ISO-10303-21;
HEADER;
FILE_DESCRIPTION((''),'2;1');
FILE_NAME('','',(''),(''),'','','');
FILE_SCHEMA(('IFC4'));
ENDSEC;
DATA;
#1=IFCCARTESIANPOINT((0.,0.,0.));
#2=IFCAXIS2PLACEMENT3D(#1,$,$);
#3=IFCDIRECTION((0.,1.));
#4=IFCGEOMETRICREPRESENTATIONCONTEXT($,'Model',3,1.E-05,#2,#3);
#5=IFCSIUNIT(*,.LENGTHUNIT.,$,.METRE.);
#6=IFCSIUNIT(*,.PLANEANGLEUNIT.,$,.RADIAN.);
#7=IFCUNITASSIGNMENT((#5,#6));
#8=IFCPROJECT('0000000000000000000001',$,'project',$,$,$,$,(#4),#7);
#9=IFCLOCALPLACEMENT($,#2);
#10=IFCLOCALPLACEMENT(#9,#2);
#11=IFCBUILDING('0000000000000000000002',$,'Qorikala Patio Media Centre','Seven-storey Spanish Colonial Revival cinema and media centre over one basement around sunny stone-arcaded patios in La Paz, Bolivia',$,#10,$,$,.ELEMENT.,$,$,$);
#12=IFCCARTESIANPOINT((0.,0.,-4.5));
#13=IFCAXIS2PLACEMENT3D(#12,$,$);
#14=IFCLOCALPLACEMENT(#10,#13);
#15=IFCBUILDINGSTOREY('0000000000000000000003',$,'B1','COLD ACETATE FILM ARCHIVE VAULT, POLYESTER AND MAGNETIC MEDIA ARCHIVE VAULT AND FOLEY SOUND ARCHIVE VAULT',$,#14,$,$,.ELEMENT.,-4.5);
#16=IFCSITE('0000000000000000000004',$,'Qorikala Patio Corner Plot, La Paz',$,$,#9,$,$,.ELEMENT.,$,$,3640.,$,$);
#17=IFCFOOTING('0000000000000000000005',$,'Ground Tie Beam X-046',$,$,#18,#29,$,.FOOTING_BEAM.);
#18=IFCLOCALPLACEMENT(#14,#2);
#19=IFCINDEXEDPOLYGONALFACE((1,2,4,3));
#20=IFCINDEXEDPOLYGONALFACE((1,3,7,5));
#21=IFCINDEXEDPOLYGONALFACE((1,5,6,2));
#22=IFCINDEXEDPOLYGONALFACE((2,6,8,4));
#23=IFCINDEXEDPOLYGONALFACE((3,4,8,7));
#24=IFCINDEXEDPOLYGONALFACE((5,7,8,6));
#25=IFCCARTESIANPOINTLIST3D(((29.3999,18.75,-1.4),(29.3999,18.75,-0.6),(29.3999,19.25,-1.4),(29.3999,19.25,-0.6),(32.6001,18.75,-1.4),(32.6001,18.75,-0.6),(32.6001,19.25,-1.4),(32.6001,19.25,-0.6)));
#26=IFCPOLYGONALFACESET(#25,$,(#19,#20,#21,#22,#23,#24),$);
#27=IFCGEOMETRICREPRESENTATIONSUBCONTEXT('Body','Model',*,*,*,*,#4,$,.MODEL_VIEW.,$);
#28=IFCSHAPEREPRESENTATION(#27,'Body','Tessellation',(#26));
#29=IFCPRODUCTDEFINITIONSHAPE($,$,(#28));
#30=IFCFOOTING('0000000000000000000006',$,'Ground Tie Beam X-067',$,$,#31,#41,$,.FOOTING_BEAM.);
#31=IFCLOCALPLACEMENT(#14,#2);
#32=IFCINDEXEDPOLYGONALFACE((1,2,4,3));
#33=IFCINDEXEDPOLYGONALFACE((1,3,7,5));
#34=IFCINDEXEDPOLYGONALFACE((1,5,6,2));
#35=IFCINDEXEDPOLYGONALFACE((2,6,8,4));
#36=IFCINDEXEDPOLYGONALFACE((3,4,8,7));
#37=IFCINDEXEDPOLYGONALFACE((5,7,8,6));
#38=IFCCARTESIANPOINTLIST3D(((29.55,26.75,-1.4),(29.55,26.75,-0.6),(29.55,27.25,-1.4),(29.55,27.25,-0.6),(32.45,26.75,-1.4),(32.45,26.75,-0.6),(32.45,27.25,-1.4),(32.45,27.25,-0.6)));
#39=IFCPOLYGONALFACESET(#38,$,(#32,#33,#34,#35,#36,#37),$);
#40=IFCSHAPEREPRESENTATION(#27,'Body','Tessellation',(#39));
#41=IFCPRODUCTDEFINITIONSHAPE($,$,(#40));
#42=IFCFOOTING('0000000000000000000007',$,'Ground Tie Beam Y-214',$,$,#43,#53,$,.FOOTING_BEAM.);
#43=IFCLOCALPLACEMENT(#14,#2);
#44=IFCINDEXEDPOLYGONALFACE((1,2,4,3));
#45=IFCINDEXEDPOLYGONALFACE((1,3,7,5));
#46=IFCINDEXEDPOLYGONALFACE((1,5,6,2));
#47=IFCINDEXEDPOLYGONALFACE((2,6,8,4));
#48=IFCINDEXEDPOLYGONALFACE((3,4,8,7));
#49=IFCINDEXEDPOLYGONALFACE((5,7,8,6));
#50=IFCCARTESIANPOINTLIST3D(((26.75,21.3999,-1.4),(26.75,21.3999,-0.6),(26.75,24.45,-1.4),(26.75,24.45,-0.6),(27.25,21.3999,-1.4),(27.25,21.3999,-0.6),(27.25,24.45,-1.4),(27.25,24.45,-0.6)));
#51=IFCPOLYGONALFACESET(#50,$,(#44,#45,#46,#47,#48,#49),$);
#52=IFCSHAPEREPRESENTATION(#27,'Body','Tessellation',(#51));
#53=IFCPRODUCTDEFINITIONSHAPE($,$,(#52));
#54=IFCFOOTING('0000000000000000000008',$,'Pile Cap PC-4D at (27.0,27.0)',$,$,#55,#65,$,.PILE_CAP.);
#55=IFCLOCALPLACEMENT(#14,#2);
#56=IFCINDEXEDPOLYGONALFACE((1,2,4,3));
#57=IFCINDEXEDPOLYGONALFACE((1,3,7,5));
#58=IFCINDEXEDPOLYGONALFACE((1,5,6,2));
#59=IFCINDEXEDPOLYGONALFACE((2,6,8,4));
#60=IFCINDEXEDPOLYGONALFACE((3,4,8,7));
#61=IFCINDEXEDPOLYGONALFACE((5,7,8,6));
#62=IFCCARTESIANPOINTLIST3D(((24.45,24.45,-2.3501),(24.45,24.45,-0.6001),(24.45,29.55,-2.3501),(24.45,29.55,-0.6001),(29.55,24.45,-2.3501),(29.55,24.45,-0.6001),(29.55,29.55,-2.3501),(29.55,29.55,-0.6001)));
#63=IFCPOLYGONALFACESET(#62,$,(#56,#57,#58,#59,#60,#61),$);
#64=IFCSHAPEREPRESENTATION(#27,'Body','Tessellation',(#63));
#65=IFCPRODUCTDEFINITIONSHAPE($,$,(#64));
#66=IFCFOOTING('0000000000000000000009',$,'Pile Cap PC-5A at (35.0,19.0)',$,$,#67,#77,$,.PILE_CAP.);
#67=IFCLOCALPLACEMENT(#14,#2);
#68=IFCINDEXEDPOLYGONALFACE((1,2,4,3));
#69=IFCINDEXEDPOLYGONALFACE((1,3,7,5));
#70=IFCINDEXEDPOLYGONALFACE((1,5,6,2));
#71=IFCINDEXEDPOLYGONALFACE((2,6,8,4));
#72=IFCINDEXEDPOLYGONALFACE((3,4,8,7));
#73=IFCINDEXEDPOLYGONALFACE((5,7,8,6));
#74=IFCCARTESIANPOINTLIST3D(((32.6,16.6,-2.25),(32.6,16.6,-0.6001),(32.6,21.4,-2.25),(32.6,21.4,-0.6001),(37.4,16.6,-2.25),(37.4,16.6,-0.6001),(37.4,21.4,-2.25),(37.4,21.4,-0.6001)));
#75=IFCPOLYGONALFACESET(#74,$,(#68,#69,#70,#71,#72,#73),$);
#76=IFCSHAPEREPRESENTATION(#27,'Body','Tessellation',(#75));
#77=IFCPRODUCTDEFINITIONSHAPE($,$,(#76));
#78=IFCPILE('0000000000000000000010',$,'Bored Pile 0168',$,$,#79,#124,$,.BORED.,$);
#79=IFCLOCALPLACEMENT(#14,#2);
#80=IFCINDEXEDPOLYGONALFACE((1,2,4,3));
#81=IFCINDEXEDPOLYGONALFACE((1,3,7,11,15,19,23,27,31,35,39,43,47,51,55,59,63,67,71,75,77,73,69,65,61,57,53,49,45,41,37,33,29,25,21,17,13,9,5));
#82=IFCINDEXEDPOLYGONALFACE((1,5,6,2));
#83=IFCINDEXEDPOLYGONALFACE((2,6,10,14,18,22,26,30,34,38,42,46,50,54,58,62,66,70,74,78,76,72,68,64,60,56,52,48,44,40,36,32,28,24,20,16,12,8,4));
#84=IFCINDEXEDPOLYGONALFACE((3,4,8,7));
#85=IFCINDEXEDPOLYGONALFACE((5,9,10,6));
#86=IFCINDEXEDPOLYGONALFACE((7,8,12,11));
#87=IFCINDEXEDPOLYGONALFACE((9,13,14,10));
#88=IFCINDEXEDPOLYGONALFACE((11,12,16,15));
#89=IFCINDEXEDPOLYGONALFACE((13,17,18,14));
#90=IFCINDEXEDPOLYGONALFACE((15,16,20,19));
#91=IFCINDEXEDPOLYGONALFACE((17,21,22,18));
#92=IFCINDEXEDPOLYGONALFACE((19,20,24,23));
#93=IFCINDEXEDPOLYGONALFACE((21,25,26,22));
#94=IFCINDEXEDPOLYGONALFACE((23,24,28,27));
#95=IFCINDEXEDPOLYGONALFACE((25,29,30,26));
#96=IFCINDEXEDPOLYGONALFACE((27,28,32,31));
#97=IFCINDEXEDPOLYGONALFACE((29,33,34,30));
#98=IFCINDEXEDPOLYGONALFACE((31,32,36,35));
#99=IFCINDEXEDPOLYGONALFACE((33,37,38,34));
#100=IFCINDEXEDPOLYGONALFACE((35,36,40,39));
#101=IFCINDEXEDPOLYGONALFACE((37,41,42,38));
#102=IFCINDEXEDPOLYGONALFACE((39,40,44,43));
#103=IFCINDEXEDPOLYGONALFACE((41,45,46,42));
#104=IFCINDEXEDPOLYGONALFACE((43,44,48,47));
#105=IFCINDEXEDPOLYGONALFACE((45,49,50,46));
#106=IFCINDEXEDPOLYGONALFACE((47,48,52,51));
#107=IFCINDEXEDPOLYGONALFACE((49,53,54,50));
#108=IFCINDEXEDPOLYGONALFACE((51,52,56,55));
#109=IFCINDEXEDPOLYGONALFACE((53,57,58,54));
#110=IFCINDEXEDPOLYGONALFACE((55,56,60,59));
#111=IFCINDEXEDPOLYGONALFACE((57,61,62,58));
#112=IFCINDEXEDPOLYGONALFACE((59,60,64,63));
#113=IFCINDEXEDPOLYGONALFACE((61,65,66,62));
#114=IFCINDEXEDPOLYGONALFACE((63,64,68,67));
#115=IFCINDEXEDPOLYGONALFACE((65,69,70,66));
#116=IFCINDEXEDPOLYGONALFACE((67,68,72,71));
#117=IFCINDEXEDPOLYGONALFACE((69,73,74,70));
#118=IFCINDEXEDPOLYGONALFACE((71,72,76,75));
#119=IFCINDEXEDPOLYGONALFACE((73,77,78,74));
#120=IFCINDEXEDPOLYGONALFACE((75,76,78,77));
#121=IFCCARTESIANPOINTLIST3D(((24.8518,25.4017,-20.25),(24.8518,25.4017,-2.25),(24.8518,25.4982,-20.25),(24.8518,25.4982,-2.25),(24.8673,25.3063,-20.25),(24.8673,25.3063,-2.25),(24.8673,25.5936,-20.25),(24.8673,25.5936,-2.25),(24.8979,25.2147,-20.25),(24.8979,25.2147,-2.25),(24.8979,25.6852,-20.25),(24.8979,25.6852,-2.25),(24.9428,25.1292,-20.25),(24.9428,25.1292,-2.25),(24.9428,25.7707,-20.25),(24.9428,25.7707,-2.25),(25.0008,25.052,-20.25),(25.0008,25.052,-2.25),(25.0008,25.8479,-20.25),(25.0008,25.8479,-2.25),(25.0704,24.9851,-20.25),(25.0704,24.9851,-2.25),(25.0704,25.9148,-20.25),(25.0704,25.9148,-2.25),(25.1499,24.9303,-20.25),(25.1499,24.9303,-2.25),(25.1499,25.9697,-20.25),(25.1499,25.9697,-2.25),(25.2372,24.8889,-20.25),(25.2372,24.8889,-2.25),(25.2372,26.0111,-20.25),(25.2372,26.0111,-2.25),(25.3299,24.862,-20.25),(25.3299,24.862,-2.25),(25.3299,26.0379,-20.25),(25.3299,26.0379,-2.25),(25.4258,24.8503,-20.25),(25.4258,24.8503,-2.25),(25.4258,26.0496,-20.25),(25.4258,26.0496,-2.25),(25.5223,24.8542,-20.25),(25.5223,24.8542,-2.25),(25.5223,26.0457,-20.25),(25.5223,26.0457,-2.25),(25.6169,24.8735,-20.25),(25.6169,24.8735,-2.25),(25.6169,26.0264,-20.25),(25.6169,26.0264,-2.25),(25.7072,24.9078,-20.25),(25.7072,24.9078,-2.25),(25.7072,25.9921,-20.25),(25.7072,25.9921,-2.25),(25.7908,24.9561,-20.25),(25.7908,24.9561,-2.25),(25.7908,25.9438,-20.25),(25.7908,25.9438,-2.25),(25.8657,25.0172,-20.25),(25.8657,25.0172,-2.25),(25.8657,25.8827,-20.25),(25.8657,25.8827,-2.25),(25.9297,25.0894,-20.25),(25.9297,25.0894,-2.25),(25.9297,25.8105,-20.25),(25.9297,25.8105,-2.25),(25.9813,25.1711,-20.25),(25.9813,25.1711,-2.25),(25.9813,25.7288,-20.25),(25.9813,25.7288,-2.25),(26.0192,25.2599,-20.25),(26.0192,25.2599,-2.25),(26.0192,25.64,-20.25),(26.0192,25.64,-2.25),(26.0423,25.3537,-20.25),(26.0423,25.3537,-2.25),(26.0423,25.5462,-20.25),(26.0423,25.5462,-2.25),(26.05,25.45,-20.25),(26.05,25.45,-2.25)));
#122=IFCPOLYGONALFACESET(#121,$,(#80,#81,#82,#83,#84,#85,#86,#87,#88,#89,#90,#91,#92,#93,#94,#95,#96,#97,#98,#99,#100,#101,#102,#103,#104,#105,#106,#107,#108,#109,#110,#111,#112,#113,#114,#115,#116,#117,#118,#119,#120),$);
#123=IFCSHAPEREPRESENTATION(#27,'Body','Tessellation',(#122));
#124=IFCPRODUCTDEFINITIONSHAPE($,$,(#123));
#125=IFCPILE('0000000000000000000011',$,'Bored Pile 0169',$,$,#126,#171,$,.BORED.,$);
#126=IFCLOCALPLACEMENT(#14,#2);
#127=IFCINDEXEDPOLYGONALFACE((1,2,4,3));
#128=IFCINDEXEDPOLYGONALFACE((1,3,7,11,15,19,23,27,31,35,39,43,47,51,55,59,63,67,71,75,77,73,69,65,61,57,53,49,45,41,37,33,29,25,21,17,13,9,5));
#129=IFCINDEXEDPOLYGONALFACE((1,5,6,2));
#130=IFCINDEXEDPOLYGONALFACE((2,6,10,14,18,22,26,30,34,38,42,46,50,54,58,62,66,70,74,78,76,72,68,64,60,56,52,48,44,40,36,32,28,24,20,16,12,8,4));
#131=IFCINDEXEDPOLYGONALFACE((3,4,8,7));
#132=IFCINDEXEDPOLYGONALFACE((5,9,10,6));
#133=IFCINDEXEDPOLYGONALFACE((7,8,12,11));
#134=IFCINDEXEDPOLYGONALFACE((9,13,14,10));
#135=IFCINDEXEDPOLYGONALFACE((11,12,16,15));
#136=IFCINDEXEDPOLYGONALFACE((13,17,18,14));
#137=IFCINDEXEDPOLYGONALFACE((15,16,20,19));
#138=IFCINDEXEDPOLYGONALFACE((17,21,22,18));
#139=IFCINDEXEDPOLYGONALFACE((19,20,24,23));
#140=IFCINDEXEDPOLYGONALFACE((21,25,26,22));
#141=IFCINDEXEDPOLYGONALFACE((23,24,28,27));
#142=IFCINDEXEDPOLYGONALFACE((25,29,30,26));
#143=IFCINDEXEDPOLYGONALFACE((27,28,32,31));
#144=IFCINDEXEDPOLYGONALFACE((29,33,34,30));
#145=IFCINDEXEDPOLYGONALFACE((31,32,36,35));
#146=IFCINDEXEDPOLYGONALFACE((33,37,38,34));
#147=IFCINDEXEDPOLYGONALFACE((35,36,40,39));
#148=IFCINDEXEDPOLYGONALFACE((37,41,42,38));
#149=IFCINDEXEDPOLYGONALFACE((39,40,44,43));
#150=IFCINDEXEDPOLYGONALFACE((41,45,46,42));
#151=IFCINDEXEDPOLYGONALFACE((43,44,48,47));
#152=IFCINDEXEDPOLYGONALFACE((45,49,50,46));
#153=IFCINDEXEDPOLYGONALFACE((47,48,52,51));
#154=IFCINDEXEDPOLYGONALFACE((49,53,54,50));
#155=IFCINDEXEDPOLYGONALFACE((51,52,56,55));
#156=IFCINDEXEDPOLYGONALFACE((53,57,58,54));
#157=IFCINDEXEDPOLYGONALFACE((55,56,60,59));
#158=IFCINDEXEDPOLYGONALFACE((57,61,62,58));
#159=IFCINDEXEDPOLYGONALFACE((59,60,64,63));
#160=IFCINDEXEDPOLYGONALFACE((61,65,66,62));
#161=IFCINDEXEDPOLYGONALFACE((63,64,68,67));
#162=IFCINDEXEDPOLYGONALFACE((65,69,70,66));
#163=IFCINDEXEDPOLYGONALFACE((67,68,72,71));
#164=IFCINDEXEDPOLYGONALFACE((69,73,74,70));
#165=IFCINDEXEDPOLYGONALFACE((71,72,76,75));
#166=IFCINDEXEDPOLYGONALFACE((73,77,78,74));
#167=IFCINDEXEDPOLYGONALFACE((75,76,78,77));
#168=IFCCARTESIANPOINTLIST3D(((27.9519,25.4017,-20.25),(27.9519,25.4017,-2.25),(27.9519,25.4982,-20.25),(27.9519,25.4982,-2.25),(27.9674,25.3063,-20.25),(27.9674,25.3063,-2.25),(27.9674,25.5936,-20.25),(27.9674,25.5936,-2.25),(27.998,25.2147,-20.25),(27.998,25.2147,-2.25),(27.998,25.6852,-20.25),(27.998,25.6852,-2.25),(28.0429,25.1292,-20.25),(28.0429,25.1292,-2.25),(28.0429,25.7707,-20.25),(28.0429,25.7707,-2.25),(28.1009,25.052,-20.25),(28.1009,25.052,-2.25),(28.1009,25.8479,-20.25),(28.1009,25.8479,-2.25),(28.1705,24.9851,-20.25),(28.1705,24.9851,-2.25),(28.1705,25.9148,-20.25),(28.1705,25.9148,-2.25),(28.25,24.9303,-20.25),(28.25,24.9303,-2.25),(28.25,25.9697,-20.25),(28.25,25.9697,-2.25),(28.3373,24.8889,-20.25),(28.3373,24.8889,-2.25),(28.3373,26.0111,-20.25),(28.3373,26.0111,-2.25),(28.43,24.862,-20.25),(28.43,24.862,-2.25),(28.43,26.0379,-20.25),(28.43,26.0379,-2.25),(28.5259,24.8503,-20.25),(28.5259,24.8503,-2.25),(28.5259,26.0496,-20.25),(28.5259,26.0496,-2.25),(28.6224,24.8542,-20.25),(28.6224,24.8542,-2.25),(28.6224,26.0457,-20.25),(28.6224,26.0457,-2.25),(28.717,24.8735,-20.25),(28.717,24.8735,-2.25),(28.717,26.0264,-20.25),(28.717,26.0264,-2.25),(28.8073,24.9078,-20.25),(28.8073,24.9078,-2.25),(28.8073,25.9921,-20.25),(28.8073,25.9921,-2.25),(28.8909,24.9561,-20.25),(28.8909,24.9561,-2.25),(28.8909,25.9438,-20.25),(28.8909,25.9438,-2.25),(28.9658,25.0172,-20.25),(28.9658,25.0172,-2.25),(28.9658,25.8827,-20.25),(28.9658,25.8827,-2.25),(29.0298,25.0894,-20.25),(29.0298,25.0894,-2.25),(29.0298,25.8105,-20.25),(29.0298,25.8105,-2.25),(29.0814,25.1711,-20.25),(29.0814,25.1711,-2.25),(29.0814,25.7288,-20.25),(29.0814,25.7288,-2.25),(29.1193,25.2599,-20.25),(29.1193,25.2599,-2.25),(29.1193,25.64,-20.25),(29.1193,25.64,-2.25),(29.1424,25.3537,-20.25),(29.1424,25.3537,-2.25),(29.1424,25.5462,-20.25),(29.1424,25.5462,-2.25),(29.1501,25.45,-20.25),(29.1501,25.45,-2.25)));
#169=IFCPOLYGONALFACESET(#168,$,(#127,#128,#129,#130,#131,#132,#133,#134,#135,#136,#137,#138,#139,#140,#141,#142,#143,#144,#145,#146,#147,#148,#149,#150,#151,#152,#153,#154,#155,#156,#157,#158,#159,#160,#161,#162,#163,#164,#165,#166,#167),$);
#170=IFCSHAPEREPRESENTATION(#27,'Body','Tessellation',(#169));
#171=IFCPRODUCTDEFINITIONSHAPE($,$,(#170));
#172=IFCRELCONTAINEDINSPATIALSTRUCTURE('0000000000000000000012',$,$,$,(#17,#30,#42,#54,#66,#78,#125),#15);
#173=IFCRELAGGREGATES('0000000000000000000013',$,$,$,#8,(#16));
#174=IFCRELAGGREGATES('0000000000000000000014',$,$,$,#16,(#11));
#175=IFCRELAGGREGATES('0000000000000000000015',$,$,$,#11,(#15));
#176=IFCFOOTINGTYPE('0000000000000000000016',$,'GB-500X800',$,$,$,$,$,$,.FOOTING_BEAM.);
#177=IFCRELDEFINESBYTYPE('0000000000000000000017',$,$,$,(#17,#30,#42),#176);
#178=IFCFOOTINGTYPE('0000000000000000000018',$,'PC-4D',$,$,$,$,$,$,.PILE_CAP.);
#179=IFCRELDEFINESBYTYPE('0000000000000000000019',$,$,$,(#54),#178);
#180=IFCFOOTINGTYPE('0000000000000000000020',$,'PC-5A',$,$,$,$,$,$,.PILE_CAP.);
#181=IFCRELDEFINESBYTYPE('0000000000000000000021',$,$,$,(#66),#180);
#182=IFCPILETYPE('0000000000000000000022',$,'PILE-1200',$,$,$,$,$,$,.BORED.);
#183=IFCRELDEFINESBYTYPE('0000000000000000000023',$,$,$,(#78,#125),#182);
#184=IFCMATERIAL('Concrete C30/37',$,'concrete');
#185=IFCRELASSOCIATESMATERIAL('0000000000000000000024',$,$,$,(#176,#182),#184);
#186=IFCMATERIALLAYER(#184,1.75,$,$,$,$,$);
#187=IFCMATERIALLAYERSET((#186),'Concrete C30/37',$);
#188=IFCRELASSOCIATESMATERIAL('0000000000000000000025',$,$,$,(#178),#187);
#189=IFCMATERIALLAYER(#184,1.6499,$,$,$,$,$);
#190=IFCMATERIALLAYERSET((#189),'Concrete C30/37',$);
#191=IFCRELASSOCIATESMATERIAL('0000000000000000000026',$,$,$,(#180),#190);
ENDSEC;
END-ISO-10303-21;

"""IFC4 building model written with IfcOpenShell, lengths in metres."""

from ifc_helpers import new_model, si_unit, direction, frame, origin, origin_2d, place, context, subcontext, project, spatial, rectangle, circle, extrude, material, layer, layer_set, material_profile, profile_set, type_object, element, save


model = new_model("IFC4")

# Units and contexts
model_context = context("Model", 3, precision=1e-05, world=origin(), true_north=direction((0.0, 1.0)))
body_context = subcontext(model_context, "Body", "Model", "MODEL_VIEW")
ifc_project = project(units=[si_unit("LENGTHUNIT", "METRE"), si_unit("PLANEANGLEUNIT", "RADIAN")], contexts=[model_context])

# Site, building, storey
site_placement = place(None, origin())
site = spatial("IfcSite", under=ifc_project, at=site_placement, Name="Qorikala Patio Corner Plot, La Paz", CompositionType="ELEMENT", RefElevation=3640.0)
building_placement = place(site_placement, origin())
building = spatial("IfcBuilding", under=site, at=building_placement, Name="Qorikala Patio Media Centre", Description="Seven-storey Spanish Colonial Revival cinema and media centre over one basement around sunny stone-arcaded patios in La Paz, Bolivia", CompositionType="ELEMENT")
storey_placement = place(building_placement, frame((0.0, 0.0, -4.5)))
storey = spatial("IfcBuildingStorey", under=building, at=storey_placement, Name="B1", Description="COLD ACETATE FILM ARCHIVE VAULT, POLYESTER AND MAGNETIC MEDIA ARCHIVE VAULT AND FOLEY SOUND ARCHIVE VAULT", CompositionType="ELEMENT", Elevation=-4.5)

# Footings
ifc_material_1 = material(Name="Concrete C30/37", Category="concrete")
ifc_material_profile_1 = material_profile(ifc_material_1, rectangle(XDim=0.5, YDim=0.8, at=origin_2d()), Name="RC 500x800")
ifc_profile_set_1 = profile_set([ifc_material_profile_1], Name="Concrete C30/37")
footing_type_1 = type_object("IfcFootingType", Name="GB-500X800", PredefinedType="FOOTING_BEAM", material=ifc_profile_set_1)
footing_1_placement = place(storey_placement, frame((29.3999, 19.0, -1.0), z_axis=(1.0, 0.0, 0.0), x_axis=(0.0, 1.0, 0.0)))
element("IfcFooting", 1, at=footing_1_placement, inside=storey, type_object=footing_type_1, Name="Ground Tie Beam X-046", PredefinedType="FOOTING_BEAM", context=body_context, shape_type="SweptSolid", body=[
    extrude(rectangle(XDim=0.5, YDim=0.8, at=origin_2d()), origin(), (0.0, 0.0, 1.0), 3.2002),
])
footing_2_placement = place(storey_placement, frame((29.55, 27.0, -1.0), z_axis=(1.0, 0.0, 0.0), x_axis=(0.0, 1.0, 0.0)))
element("IfcFooting", 2, at=footing_2_placement, inside=storey, type_object=footing_type_1, Name="Ground Tie Beam X-067", PredefinedType="FOOTING_BEAM", context=body_context, shape_type="SweptSolid", body=[
    extrude(rectangle(XDim=0.5, YDim=0.8, at=origin_2d()), origin(), (0.0, 0.0, 1.0), 2.8999),
])
footing_3_placement = place(storey_placement, frame((27.0, 21.3999, -1.0), z_axis=(0.0, 1.0, 0.0), x_axis=(-1.0, 0.0, 0.0)))
element("IfcFooting", 3, at=footing_3_placement, inside=storey, type_object=footing_type_1, Name="Ground Tie Beam Y-214", PredefinedType="FOOTING_BEAM", context=body_context, shape_type="SweptSolid", body=[
    extrude(rectangle(XDim=0.5, YDim=0.8, at=origin_2d()), origin(), (0.0, 0.0, 1.0), 3.05),
])
ifc_layer_1 = layer(ifc_material_1, 1.75)
ifc_layer_set_1 = layer_set([ifc_layer_1], Name="Concrete C30/37")
footing_type_2 = type_object("IfcFootingType", Name="PC-4D", PredefinedType="PILE_CAP", material=ifc_layer_set_1)
footing_4_placement = place(storey_placement, frame((27.0, 27.0, -2.3501), z_axis=(0.0, 0.0, 1.0), x_axis=(1.0, 0.0, 0.0)))
element("IfcFooting", 4, at=footing_4_placement, inside=storey, type_object=footing_type_2, Name="Pile Cap PC-4D at (27.0,27.0)", PredefinedType="PILE_CAP", context=body_context, shape_type="SweptSolid", body=[
    extrude(rectangle(XDim=5.1001, YDim=5.1001, at=origin_2d()), origin(), (0.0, 0.0, 1.0), 1.75),
])
ifc_layer_2 = layer(ifc_material_1, 1.6499)
ifc_layer_set_2 = layer_set([ifc_layer_2], Name="Concrete C30/37")
footing_type_3 = type_object("IfcFootingType", Name="PC-5A", PredefinedType="PILE_CAP", material=ifc_layer_set_2)
footing_5_placement = place(storey_placement, frame((35.0, 19.0, -2.25), z_axis=(0.0, 0.0, 1.0), x_axis=(1.0, 0.0, 0.0)))
element("IfcFooting", 5, at=footing_5_placement, inside=storey, type_object=footing_type_3, Name="Pile Cap PC-5A at (35.0,19.0)", PredefinedType="PILE_CAP", context=body_context, shape_type="SweptSolid", body=[
    extrude(rectangle(XDim=4.8, YDim=4.8, at=origin_2d()), origin(), (0.0, 0.0, 1.0), 1.6499),
])

# Piles
ifc_material_profile_2 = material_profile(ifc_material_1, circle(Radius=0.6001, at=origin_2d()), Name="BORED PILE 1200")
ifc_profile_set_2 = profile_set([ifc_material_profile_2], Name="Concrete C30/37")
pile_type_1 = type_object("IfcPileType", Name="PILE-1200", PredefinedType="BORED", material=ifc_profile_set_2)
for number, where, z_axis, x_axis, name in (
    (6, (25.45, 25.45, -2.25), (0.0, 0.0, -1.0), (1.0, 0.0, 0.0), "Bored Pile 0168"),
    (7, (28.55, 25.45, -2.25), (0.0, 0.0, -1.0), (1.0, 0.0, 0.0), "Bored Pile 0169"),
):
    element("IfcPile", number, at=place(storey_placement, frame(where, z_axis=z_axis, x_axis=x_axis)), inside=storey, type_object=pile_type_1, Name=name, PredefinedType="BORED", context=body_context, shape_type="SweptSolid", body=[
        extrude(circle(Radius=0.6001, at=origin_2d()), origin(), (0.0, 0.0, 1.0), 18.0),
    ])

save(model, "model.ifc")
